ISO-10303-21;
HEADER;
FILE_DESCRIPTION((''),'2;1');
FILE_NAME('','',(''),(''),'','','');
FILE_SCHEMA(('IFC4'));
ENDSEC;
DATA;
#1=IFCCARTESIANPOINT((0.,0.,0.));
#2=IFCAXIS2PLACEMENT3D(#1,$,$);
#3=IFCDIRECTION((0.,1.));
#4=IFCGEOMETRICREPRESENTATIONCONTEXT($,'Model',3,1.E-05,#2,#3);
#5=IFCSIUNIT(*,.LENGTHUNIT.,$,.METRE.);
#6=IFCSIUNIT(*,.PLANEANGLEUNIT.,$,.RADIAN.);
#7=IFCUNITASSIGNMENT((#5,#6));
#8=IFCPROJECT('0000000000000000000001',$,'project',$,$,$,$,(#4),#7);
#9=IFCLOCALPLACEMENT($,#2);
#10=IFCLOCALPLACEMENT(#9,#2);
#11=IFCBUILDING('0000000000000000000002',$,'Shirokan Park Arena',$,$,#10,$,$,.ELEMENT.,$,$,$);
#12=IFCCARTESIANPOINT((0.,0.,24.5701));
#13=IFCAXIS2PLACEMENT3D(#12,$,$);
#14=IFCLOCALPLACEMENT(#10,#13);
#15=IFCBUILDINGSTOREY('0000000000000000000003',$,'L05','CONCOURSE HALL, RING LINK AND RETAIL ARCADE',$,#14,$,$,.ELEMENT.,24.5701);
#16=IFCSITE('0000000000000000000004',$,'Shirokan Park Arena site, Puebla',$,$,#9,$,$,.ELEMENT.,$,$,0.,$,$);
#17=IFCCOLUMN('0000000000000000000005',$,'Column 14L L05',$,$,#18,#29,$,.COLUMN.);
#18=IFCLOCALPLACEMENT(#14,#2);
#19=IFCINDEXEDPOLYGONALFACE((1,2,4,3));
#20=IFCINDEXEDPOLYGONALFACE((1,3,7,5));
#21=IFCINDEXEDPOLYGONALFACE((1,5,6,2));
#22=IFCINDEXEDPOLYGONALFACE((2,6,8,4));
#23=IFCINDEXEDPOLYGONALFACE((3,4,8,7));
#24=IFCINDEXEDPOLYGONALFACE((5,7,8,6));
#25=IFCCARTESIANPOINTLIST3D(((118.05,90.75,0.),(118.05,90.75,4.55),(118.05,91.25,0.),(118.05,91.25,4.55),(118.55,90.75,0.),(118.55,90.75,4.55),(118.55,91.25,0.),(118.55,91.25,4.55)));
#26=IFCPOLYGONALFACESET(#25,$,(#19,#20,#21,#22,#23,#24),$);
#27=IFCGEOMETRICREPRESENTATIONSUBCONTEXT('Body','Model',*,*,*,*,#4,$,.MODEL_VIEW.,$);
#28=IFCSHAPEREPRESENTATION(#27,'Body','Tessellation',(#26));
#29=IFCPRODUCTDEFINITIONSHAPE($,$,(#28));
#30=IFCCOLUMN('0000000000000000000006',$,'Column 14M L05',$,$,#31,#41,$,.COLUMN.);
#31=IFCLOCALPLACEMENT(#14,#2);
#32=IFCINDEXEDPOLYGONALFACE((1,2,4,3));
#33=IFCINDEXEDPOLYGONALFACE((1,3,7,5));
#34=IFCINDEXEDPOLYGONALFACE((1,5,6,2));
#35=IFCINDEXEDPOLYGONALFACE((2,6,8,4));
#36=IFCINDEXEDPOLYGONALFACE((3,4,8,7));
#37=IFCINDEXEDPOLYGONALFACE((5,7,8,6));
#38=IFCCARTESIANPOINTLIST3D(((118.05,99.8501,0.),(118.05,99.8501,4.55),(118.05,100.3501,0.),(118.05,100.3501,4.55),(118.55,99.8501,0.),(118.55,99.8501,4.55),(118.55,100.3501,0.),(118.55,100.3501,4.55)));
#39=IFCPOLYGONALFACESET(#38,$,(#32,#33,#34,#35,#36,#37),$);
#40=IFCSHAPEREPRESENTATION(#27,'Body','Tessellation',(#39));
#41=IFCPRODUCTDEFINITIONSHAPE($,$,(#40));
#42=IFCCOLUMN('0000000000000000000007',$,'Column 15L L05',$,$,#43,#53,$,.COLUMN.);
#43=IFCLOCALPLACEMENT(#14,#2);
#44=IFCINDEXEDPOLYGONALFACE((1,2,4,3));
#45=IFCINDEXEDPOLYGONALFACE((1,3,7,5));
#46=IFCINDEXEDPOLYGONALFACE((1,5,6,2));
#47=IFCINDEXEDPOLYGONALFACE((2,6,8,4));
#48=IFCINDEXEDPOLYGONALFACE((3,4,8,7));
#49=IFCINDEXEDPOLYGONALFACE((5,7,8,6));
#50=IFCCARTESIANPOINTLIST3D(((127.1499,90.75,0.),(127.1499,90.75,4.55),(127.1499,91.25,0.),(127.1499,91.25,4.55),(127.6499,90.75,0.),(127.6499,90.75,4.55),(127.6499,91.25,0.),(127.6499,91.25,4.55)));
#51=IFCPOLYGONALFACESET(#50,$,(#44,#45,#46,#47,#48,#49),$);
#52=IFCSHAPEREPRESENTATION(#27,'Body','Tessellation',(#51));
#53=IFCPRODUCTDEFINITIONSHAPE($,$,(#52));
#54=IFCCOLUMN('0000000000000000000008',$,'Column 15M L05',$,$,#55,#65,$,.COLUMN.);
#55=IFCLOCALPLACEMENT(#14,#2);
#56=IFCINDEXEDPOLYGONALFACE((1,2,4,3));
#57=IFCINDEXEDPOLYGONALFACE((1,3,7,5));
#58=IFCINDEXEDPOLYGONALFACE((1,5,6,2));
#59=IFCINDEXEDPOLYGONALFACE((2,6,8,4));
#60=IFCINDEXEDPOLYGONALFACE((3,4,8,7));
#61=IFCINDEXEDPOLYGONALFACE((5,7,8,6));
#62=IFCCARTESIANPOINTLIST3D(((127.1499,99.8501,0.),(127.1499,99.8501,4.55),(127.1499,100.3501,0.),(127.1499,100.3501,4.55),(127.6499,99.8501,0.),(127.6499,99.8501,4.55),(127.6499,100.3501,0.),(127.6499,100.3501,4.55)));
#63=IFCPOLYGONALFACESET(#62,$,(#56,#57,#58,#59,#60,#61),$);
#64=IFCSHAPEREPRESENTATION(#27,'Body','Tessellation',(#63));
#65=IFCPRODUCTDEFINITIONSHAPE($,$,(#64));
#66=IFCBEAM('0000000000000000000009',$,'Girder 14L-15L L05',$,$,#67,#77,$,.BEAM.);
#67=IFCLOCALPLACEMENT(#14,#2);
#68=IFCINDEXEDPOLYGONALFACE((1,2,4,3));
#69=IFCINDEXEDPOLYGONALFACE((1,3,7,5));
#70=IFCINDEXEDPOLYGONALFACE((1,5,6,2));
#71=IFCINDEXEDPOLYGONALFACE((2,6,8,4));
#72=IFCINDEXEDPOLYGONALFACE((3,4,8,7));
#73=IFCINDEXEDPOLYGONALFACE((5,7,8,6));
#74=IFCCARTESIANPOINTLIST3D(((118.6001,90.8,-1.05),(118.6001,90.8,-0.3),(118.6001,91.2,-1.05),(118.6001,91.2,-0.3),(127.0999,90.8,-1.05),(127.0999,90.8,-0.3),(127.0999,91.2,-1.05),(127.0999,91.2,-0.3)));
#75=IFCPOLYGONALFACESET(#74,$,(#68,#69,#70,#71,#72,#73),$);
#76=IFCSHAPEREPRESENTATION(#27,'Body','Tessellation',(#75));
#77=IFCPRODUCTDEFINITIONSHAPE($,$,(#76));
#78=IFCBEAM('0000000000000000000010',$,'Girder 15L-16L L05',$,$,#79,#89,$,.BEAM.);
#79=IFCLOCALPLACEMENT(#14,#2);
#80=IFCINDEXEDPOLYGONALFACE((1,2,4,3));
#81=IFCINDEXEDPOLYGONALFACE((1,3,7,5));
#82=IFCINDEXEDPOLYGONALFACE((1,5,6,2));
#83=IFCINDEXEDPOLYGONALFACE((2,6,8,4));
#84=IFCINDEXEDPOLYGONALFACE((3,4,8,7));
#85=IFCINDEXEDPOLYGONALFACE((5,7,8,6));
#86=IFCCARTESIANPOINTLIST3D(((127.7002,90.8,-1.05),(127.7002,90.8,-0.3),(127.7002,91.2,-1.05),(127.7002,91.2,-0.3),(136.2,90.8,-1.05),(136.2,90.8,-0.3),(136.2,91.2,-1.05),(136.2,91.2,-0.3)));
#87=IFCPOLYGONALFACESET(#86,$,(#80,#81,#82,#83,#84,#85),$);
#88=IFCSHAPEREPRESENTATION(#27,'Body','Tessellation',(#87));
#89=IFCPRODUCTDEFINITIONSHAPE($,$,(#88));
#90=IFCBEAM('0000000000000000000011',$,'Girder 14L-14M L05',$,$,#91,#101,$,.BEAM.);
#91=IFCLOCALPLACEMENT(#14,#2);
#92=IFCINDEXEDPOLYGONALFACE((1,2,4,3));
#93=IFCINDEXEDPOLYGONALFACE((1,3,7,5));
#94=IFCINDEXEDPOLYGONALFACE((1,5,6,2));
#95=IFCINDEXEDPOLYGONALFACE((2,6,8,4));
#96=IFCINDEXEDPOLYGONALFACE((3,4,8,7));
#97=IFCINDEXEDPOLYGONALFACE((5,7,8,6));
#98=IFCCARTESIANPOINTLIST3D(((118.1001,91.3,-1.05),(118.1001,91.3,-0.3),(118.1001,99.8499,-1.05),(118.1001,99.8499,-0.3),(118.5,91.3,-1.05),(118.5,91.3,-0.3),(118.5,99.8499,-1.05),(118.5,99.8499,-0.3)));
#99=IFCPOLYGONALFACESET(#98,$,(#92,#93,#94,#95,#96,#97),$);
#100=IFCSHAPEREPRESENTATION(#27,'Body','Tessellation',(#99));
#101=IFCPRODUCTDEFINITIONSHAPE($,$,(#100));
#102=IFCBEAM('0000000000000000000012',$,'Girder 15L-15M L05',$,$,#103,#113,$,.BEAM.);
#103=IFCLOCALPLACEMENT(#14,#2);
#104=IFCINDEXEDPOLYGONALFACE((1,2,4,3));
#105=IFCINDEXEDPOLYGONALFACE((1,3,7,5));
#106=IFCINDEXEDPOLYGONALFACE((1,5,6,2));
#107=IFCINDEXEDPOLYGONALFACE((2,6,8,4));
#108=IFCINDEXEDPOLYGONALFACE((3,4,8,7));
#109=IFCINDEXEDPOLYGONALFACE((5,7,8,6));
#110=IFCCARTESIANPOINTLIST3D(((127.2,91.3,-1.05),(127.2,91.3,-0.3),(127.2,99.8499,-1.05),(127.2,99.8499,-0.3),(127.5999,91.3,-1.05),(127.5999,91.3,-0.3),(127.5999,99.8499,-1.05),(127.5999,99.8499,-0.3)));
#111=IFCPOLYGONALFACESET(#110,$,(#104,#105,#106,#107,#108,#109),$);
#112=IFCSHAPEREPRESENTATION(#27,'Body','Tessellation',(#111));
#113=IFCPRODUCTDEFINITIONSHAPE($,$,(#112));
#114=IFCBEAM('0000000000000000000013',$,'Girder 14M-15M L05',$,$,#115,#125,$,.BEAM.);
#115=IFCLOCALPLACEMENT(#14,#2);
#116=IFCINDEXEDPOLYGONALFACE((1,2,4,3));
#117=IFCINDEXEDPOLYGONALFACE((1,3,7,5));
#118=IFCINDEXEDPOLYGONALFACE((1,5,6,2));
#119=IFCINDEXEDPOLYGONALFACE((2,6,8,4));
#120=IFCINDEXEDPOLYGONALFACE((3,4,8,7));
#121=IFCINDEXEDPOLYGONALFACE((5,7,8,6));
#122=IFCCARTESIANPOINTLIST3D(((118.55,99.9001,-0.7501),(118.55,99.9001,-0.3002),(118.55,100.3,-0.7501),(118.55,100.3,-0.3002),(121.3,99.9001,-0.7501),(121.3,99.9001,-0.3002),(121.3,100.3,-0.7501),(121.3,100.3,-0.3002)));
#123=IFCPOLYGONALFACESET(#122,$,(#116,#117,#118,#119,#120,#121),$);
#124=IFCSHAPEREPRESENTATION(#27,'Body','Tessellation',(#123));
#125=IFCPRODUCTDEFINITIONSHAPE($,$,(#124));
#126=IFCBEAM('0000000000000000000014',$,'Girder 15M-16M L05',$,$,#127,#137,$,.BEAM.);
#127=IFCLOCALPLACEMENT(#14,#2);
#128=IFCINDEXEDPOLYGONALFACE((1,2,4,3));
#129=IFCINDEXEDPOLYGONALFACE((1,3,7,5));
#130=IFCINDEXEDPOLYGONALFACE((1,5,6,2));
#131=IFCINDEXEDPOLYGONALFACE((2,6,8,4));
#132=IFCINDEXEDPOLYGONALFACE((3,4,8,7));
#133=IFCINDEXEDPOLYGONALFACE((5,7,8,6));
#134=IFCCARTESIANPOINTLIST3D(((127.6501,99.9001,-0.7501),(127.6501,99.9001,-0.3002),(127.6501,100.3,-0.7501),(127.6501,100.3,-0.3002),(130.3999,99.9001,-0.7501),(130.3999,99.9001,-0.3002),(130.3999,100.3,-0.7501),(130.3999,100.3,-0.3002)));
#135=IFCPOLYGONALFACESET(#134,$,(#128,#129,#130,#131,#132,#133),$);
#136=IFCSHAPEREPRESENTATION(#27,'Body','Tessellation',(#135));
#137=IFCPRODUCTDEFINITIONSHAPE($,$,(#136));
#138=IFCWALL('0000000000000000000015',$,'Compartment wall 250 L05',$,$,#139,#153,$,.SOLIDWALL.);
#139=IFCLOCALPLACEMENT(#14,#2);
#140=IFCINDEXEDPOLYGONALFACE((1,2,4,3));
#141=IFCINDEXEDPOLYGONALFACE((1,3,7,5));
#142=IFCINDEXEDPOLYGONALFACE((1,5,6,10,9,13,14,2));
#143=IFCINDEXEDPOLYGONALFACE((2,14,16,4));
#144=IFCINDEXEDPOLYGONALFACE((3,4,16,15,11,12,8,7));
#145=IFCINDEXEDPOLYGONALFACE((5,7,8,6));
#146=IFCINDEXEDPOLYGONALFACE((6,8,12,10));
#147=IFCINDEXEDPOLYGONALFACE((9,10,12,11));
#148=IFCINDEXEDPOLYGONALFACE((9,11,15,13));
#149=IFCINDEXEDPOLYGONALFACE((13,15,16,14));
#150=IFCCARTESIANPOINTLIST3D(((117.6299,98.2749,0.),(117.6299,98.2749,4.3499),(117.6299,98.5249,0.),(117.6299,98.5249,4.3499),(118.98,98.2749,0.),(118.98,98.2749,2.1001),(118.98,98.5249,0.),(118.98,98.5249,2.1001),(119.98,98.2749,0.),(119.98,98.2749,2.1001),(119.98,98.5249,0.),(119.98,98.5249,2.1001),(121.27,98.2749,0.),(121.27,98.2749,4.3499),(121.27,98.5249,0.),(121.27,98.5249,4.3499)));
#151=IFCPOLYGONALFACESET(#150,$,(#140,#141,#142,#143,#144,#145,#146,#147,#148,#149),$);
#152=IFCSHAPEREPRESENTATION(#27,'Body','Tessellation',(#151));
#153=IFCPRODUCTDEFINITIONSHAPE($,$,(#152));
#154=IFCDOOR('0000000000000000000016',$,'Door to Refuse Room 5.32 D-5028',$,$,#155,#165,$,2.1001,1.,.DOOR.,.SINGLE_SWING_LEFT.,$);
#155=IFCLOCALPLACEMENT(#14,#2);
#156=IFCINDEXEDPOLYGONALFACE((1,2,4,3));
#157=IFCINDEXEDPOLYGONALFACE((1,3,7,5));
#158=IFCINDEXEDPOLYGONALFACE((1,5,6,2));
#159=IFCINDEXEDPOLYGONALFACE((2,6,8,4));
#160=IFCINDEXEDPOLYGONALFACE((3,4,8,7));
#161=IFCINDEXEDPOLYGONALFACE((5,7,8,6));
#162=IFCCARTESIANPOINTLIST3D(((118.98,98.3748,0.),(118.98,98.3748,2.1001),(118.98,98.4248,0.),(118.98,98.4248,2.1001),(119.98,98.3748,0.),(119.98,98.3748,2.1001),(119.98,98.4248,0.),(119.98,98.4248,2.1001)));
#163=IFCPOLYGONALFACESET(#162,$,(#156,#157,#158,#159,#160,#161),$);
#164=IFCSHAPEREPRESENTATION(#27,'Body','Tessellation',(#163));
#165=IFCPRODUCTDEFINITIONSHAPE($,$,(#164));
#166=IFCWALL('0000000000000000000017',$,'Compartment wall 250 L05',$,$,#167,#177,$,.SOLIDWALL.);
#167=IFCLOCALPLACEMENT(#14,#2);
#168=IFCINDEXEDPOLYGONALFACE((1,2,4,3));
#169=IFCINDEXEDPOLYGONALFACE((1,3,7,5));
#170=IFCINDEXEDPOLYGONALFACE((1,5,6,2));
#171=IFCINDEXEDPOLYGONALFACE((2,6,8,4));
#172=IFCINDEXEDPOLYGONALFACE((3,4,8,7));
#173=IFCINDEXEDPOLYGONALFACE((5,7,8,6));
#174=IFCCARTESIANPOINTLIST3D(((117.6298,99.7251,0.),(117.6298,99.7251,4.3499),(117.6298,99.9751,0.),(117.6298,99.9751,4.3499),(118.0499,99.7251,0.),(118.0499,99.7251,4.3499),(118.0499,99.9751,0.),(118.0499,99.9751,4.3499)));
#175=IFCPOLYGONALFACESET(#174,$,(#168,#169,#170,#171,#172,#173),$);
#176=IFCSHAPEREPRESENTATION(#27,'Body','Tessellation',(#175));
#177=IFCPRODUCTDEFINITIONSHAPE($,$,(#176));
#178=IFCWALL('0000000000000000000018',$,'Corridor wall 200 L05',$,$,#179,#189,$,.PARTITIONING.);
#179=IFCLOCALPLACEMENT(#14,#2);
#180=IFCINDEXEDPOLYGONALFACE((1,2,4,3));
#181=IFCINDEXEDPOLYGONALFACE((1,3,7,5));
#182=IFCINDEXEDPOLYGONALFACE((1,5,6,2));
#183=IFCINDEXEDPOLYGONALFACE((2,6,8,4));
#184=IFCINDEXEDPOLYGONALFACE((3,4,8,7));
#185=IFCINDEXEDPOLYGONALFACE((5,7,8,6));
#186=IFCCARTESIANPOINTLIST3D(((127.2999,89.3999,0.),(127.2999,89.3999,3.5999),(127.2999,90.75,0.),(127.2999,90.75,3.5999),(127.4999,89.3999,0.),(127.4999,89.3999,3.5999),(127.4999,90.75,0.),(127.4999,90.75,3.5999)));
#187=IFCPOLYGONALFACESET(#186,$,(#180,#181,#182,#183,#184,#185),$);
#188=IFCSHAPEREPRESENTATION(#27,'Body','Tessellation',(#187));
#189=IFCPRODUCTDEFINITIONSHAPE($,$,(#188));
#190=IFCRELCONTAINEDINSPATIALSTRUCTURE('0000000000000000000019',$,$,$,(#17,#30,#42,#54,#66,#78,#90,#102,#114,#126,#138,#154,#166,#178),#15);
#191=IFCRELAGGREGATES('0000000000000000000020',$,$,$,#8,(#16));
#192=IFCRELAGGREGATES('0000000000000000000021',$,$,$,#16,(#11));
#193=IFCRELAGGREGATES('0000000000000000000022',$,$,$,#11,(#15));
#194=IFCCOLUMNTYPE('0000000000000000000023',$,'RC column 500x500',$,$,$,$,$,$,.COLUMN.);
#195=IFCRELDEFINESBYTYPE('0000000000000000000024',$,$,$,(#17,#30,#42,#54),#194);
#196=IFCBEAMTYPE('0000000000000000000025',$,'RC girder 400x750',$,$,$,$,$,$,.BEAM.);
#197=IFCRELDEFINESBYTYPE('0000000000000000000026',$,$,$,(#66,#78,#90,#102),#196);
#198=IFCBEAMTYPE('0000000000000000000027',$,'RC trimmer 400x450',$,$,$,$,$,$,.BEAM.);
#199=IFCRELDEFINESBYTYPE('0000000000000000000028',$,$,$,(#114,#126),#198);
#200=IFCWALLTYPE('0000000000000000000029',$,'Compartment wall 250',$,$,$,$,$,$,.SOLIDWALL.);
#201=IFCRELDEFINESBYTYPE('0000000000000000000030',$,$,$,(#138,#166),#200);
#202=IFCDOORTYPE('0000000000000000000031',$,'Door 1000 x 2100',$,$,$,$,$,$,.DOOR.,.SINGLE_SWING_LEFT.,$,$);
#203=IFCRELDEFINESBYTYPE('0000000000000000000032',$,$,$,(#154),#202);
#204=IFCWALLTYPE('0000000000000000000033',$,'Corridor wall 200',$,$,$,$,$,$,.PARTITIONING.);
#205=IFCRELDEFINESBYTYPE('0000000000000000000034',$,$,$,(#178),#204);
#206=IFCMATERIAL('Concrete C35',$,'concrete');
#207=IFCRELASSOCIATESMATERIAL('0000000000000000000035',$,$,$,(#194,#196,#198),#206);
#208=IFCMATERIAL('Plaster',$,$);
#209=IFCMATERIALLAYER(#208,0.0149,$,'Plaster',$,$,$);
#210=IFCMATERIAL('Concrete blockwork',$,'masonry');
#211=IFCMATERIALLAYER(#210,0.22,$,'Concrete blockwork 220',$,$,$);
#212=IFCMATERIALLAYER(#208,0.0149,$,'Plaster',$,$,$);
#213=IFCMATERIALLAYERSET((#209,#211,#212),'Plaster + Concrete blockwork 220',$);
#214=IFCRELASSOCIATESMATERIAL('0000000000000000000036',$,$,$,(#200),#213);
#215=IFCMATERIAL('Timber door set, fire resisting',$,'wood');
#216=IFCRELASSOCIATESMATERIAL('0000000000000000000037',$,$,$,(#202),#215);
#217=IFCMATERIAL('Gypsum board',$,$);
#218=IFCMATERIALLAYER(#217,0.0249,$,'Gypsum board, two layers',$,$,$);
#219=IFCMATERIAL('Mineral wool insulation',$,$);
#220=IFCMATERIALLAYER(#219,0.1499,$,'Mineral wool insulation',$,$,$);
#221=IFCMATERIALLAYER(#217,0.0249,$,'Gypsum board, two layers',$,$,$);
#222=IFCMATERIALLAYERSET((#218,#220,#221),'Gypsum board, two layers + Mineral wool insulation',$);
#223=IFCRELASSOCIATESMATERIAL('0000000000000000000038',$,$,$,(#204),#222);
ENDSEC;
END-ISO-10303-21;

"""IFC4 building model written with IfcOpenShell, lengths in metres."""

from ifc_helpers import new_model, si_unit, direction, frame, frame_2d, origin, origin_2d, place, context, subcontext, project, spatial, rectangle, extrude, material, layer, layer_set, material_profile, profile_set, type_object, element, fill, save


model = new_model("IFC4")

# Units and contexts
model_context = context("Model", 3, precision=1e-05, world=origin(), true_north=direction((0.0, 1.0)))
body_context = subcontext(model_context, "Body", "Model", "MODEL_VIEW")
ifc_project = project(units=[si_unit("LENGTHUNIT", "METRE"), si_unit("PLANEANGLEUNIT", "RADIAN")], contexts=[model_context])

# Site, building, storey
site_placement = place(None, origin())
site = spatial("IfcSite", under=ifc_project, at=site_placement, Name="Shirokan Park Arena site, Puebla", CompositionType="ELEMENT", RefElevation=0.0)
building_placement = place(site_placement, origin())
building = spatial("IfcBuilding", under=site, at=building_placement, Name="Shirokan Park Arena", CompositionType="ELEMENT")
storey_placement = place(building_placement, frame((0.0, 0.0, 24.5701)))
storey = spatial("IfcBuildingStorey", under=building, at=storey_placement, Name="L05", Description="CONCOURSE HALL, RING LINK AND RETAIL ARCADE", CompositionType="ELEMENT", Elevation=24.5701)

# Columns
ifc_material_1 = material(Name="Concrete C35", Category="concrete")
ifc_material_profile_1 = material_profile(ifc_material_1, rectangle(XDim=0.5, YDim=0.5, at=origin_2d()), Name="500x500")
ifc_profile_set_1 = profile_set([ifc_material_profile_1], Name="Concrete C35")
column_type = type_object("IfcColumnType", Name="RC column 500x500", PredefinedType="COLUMN", material=ifc_profile_set_1)
for number, where, z_axis, x_axis, name in (
    (1, (118.3, 91.0, 0.0), (0.0, 0.0, 1.0), (1.0, 0.0, 0.0), "Column 14L L05"),
    (2, (118.3, 100.1001, 0.0), (0.0, 0.0, 1.0), (1.0, 0.0, 0.0), "Column 14M L05"),
    (3, (127.3999, 91.0, 0.0), (0.0, 0.0, 1.0), (1.0, 0.0, 0.0), "Column 15L L05"),
    (4, (127.3999, 100.1001, 0.0), (0.0, 0.0, 1.0), (1.0, 0.0, 0.0), "Column 15M L05"),
):
    element("IfcColumn", number, at=place(storey_placement, frame(where, z_axis=z_axis, x_axis=x_axis)), inside=storey, type_object=column_type, Name=name, PredefinedType="COLUMN", context=body_context, shape_type="SweptSolid", body=[
        extrude(rectangle(XDim=0.5, YDim=0.5, at=origin_2d()), origin(), (0.0, 0.0, 1.0), 4.55),
    ])

# Beams
ifc_material_profile_2 = material_profile(ifc_material_1, rectangle(XDim=0.3999, YDim=0.75, at=origin_2d()), Name="400x750")
ifc_profile_set_2 = profile_set([ifc_material_profile_2], Name="Concrete C35")
beam_type_1 = type_object("IfcBeamType", Name="RC girder 400x750", PredefinedType="BEAM", material=ifc_profile_set_2)
for number, where, z_axis, x_axis, name in (
    (5, (118.6001, 91.0, -0.675), (1.0, 0.0, 0.0), (0.0, 1.0, 0.0), "Girder 14L-15L L05"),
    (6, (127.7002, 91.0, -0.675), (1.0, 0.0, 0.0), (0.0, 1.0, 0.0), "Girder 15L-16L L05"),
):
    element("IfcBeam", number, at=place(storey_placement, frame(where, z_axis=z_axis, x_axis=x_axis)), inside=storey, type_object=beam_type_1, Name=name, PredefinedType="BEAM", context=body_context, shape_type="SweptSolid", body=[
        extrude(rectangle(XDim=0.3999, YDim=0.75, at=origin_2d()), origin(), (0.0, 0.0, 1.0), 8.4998),
    ])
for number, where, z_axis, x_axis, name in (
    (7, (118.3, 91.3, -0.675), (0.0, 1.0, 0.0), (-1.0, 0.0, 0.0), "Girder 14L-14M L05"),
    (8, (127.3999, 91.3, -0.675), (0.0, 1.0, 0.0), (-1.0, 0.0, 0.0), "Girder 15L-15M L05"),
):
    element("IfcBeam", number, at=place(storey_placement, frame(where, z_axis=z_axis, x_axis=x_axis)), inside=storey, type_object=beam_type_1, Name=name, PredefinedType="BEAM", context=body_context, shape_type="SweptSolid", body=[
        extrude(rectangle(XDim=0.3999, YDim=0.75, at=origin_2d()), origin(), (0.0, 0.0, 1.0), 8.5498),
    ])
ifc_material_profile_3 = material_profile(ifc_material_1, rectangle(XDim=0.3999, YDim=0.45, at=origin_2d()), Name="400x450")
ifc_profile_set_3 = profile_set([ifc_material_profile_3], Name="Concrete C35")
beam_type_2 = type_object("IfcBeamType", Name="RC trimmer 400x450", PredefinedType="BEAM", material=ifc_profile_set_3)
beam_1_placement = place(storey_placement, frame((118.55, 100.1001, -0.5251), z_axis=(1.0, 0.0, 0.0), x_axis=(0.0, 1.0, 0.0)))
element("IfcBeam", 9, at=beam_1_placement, inside=storey, type_object=beam_type_2, Name="Girder 14M-15M L05", PredefinedType="BEAM", context=body_context, shape_type="SweptSolid", body=[
    extrude(rectangle(XDim=0.3999, YDim=0.45, at=origin_2d()), origin(), (0.0, 0.0, 1.0), 2.75),
])
beam_2_placement = place(storey_placement, frame((127.6501, 100.1001, -0.5251), z_axis=(1.0, 0.0, 0.0), x_axis=(0.0, 1.0, 0.0)))
element("IfcBeam", 10, at=beam_2_placement, inside=storey, type_object=beam_type_2, Name="Girder 15M-16M L05", PredefinedType="BEAM", context=body_context, shape_type="SweptSolid", body=[
    extrude(rectangle(XDim=0.3999, YDim=0.45, at=origin_2d()), origin(), (0.0, 0.0, 1.0), 2.7498),
])

# Wall, opening, door
ifc_material_2 = material(Name="Plaster")
ifc_layer_1 = layer(ifc_material_2, 0.0149, Name="Plaster")
ifc_material_3 = material(Name="Concrete blockwork", Category="masonry")
ifc_layer_2 = layer(ifc_material_3, 0.22, Name="Concrete blockwork 220")
ifc_layer_3 = layer(ifc_material_2, 0.0149, Name="Plaster")
ifc_layer_set_1 = layer_set([ifc_layer_1, ifc_layer_2, ifc_layer_3], Name="Plaster + Concrete blockwork 220")
wall_type_1 = type_object("IfcWallType", Name="Compartment wall 250", PredefinedType="SOLIDWALL", material=ifc_layer_set_1)
wall_1_placement = place(storey_placement, frame((117.6299, 98.3999, 0.0), z_axis=(0.0, 0.0, 1.0), x_axis=(1.0, 0.0, 0.0)))
wall_1 = element("IfcWall", 11, at=wall_1_placement, inside=storey, type_object=wall_type_1, Name="Compartment wall 250 L05", PredefinedType="SOLIDWALL", context=body_context, shape_type="SweptSolid", body=[
    extrude(rectangle(XDim=3.6401, YDim=0.25, at=frame_2d((1.8201, 0.0))), origin(), (0.0, 0.0, 1.0), 4.3499),
])
opening_1_placement = place(wall_1_placement, frame((1.3501, 0.0, 0.0)))
opening_1 = element("IfcOpeningElement", 12, at=opening_1_placement, cuts=wall_1, PredefinedType="OPENING", context=body_context, shape_type="SweptSolid", body=[
    extrude(rectangle(XDim=1.0, YDim=2.1001, at=frame_2d((0.5, 1.05))), frame((0.0, 0.135, 0.0), z_axis=(0.0, -1.0, 0.0), x_axis=(1.0, 0.0, 0.0)), (0.0, 0.0, 1.0), 0.27),
])
ifc_material_4 = material(Name="Timber door set, fire resisting", Category="wood")
door_type_1 = type_object("IfcDoorType", Name="Door 1000 x 2100", OperationType="SINGLE_SWING_LEFT", PredefinedType="DOOR", material=ifc_material_4)
door_1_placement = place(opening_1_placement, origin())
door_1 = element("IfcDoor", 13, at=door_1_placement, inside=storey, type_object=door_type_1, Name="Door to Refuse Room 5.32 D-5028", OperationType="SINGLE_SWING_LEFT", OverallHeight=2.1001, OverallWidth=1.0, PredefinedType="DOOR", context=body_context, shape_type="SweptSolid", body=[
    extrude(rectangle(XDim=1.0, YDim=2.1001, at=frame_2d((0.5, 1.05))), frame((0.0, 0.0249, 0.0), z_axis=(0.0, -1.0, 0.0), x_axis=(1.0, 0.0, 0.0)), (0.0, 0.0, 1.0), 0.05),
])
fill(opening_1, door_1)

# Walls
wall_2_placement = place(storey_placement, frame((117.6299, 99.8501, 0.0), z_axis=(0.0, 0.0, 1.0), x_axis=(1.0, 0.0, 0.0)))
element("IfcWall", 14, at=wall_2_placement, inside=storey, type_object=wall_type_1, Name="Compartment wall 250 L05", PredefinedType="SOLIDWALL", context=body_context, shape_type="SweptSolid", body=[
    extrude(rectangle(XDim=0.4202, YDim=0.25, at=frame_2d((0.21, 0.0))), origin(), (0.0, 0.0, 1.0), 4.3499),
])
ifc_material_5 = material(Name="Gypsum board")
ifc_layer_4 = layer(ifc_material_5, 0.0249, Name="Gypsum board, two layers")
ifc_material_6 = material(Name="Mineral wool insulation")
ifc_layer_5 = layer(ifc_material_6, 0.1499, Name="Mineral wool insulation")
ifc_layer_6 = layer(ifc_material_5, 0.0249, Name="Gypsum board, two layers")
ifc_layer_set_2 = layer_set([ifc_layer_4, ifc_layer_5, ifc_layer_6], Name="Gypsum board, two layers + Mineral wool insulation")
wall_type_2 = type_object("IfcWallType", Name="Corridor wall 200", PredefinedType="PARTITIONING", material=ifc_layer_set_2)
wall_3_placement = place(storey_placement, frame((127.3999, 89.3999, 0.0), z_axis=(0.0, 0.0, 1.0), x_axis=(0.0, 1.0, 0.0)))
element("IfcWall", 15, at=wall_3_placement, inside=storey, type_object=wall_type_2, Name="Corridor wall 200 L05", PredefinedType="PARTITIONING", context=body_context, shape_type="SweptSolid", body=[
    extrude(rectangle(XDim=1.3501, YDim=0.2, at=frame_2d((0.675, 0.0))), origin(), (0.0, 0.0, 1.0), 3.5999),
])

save(model, "model.ifc")
